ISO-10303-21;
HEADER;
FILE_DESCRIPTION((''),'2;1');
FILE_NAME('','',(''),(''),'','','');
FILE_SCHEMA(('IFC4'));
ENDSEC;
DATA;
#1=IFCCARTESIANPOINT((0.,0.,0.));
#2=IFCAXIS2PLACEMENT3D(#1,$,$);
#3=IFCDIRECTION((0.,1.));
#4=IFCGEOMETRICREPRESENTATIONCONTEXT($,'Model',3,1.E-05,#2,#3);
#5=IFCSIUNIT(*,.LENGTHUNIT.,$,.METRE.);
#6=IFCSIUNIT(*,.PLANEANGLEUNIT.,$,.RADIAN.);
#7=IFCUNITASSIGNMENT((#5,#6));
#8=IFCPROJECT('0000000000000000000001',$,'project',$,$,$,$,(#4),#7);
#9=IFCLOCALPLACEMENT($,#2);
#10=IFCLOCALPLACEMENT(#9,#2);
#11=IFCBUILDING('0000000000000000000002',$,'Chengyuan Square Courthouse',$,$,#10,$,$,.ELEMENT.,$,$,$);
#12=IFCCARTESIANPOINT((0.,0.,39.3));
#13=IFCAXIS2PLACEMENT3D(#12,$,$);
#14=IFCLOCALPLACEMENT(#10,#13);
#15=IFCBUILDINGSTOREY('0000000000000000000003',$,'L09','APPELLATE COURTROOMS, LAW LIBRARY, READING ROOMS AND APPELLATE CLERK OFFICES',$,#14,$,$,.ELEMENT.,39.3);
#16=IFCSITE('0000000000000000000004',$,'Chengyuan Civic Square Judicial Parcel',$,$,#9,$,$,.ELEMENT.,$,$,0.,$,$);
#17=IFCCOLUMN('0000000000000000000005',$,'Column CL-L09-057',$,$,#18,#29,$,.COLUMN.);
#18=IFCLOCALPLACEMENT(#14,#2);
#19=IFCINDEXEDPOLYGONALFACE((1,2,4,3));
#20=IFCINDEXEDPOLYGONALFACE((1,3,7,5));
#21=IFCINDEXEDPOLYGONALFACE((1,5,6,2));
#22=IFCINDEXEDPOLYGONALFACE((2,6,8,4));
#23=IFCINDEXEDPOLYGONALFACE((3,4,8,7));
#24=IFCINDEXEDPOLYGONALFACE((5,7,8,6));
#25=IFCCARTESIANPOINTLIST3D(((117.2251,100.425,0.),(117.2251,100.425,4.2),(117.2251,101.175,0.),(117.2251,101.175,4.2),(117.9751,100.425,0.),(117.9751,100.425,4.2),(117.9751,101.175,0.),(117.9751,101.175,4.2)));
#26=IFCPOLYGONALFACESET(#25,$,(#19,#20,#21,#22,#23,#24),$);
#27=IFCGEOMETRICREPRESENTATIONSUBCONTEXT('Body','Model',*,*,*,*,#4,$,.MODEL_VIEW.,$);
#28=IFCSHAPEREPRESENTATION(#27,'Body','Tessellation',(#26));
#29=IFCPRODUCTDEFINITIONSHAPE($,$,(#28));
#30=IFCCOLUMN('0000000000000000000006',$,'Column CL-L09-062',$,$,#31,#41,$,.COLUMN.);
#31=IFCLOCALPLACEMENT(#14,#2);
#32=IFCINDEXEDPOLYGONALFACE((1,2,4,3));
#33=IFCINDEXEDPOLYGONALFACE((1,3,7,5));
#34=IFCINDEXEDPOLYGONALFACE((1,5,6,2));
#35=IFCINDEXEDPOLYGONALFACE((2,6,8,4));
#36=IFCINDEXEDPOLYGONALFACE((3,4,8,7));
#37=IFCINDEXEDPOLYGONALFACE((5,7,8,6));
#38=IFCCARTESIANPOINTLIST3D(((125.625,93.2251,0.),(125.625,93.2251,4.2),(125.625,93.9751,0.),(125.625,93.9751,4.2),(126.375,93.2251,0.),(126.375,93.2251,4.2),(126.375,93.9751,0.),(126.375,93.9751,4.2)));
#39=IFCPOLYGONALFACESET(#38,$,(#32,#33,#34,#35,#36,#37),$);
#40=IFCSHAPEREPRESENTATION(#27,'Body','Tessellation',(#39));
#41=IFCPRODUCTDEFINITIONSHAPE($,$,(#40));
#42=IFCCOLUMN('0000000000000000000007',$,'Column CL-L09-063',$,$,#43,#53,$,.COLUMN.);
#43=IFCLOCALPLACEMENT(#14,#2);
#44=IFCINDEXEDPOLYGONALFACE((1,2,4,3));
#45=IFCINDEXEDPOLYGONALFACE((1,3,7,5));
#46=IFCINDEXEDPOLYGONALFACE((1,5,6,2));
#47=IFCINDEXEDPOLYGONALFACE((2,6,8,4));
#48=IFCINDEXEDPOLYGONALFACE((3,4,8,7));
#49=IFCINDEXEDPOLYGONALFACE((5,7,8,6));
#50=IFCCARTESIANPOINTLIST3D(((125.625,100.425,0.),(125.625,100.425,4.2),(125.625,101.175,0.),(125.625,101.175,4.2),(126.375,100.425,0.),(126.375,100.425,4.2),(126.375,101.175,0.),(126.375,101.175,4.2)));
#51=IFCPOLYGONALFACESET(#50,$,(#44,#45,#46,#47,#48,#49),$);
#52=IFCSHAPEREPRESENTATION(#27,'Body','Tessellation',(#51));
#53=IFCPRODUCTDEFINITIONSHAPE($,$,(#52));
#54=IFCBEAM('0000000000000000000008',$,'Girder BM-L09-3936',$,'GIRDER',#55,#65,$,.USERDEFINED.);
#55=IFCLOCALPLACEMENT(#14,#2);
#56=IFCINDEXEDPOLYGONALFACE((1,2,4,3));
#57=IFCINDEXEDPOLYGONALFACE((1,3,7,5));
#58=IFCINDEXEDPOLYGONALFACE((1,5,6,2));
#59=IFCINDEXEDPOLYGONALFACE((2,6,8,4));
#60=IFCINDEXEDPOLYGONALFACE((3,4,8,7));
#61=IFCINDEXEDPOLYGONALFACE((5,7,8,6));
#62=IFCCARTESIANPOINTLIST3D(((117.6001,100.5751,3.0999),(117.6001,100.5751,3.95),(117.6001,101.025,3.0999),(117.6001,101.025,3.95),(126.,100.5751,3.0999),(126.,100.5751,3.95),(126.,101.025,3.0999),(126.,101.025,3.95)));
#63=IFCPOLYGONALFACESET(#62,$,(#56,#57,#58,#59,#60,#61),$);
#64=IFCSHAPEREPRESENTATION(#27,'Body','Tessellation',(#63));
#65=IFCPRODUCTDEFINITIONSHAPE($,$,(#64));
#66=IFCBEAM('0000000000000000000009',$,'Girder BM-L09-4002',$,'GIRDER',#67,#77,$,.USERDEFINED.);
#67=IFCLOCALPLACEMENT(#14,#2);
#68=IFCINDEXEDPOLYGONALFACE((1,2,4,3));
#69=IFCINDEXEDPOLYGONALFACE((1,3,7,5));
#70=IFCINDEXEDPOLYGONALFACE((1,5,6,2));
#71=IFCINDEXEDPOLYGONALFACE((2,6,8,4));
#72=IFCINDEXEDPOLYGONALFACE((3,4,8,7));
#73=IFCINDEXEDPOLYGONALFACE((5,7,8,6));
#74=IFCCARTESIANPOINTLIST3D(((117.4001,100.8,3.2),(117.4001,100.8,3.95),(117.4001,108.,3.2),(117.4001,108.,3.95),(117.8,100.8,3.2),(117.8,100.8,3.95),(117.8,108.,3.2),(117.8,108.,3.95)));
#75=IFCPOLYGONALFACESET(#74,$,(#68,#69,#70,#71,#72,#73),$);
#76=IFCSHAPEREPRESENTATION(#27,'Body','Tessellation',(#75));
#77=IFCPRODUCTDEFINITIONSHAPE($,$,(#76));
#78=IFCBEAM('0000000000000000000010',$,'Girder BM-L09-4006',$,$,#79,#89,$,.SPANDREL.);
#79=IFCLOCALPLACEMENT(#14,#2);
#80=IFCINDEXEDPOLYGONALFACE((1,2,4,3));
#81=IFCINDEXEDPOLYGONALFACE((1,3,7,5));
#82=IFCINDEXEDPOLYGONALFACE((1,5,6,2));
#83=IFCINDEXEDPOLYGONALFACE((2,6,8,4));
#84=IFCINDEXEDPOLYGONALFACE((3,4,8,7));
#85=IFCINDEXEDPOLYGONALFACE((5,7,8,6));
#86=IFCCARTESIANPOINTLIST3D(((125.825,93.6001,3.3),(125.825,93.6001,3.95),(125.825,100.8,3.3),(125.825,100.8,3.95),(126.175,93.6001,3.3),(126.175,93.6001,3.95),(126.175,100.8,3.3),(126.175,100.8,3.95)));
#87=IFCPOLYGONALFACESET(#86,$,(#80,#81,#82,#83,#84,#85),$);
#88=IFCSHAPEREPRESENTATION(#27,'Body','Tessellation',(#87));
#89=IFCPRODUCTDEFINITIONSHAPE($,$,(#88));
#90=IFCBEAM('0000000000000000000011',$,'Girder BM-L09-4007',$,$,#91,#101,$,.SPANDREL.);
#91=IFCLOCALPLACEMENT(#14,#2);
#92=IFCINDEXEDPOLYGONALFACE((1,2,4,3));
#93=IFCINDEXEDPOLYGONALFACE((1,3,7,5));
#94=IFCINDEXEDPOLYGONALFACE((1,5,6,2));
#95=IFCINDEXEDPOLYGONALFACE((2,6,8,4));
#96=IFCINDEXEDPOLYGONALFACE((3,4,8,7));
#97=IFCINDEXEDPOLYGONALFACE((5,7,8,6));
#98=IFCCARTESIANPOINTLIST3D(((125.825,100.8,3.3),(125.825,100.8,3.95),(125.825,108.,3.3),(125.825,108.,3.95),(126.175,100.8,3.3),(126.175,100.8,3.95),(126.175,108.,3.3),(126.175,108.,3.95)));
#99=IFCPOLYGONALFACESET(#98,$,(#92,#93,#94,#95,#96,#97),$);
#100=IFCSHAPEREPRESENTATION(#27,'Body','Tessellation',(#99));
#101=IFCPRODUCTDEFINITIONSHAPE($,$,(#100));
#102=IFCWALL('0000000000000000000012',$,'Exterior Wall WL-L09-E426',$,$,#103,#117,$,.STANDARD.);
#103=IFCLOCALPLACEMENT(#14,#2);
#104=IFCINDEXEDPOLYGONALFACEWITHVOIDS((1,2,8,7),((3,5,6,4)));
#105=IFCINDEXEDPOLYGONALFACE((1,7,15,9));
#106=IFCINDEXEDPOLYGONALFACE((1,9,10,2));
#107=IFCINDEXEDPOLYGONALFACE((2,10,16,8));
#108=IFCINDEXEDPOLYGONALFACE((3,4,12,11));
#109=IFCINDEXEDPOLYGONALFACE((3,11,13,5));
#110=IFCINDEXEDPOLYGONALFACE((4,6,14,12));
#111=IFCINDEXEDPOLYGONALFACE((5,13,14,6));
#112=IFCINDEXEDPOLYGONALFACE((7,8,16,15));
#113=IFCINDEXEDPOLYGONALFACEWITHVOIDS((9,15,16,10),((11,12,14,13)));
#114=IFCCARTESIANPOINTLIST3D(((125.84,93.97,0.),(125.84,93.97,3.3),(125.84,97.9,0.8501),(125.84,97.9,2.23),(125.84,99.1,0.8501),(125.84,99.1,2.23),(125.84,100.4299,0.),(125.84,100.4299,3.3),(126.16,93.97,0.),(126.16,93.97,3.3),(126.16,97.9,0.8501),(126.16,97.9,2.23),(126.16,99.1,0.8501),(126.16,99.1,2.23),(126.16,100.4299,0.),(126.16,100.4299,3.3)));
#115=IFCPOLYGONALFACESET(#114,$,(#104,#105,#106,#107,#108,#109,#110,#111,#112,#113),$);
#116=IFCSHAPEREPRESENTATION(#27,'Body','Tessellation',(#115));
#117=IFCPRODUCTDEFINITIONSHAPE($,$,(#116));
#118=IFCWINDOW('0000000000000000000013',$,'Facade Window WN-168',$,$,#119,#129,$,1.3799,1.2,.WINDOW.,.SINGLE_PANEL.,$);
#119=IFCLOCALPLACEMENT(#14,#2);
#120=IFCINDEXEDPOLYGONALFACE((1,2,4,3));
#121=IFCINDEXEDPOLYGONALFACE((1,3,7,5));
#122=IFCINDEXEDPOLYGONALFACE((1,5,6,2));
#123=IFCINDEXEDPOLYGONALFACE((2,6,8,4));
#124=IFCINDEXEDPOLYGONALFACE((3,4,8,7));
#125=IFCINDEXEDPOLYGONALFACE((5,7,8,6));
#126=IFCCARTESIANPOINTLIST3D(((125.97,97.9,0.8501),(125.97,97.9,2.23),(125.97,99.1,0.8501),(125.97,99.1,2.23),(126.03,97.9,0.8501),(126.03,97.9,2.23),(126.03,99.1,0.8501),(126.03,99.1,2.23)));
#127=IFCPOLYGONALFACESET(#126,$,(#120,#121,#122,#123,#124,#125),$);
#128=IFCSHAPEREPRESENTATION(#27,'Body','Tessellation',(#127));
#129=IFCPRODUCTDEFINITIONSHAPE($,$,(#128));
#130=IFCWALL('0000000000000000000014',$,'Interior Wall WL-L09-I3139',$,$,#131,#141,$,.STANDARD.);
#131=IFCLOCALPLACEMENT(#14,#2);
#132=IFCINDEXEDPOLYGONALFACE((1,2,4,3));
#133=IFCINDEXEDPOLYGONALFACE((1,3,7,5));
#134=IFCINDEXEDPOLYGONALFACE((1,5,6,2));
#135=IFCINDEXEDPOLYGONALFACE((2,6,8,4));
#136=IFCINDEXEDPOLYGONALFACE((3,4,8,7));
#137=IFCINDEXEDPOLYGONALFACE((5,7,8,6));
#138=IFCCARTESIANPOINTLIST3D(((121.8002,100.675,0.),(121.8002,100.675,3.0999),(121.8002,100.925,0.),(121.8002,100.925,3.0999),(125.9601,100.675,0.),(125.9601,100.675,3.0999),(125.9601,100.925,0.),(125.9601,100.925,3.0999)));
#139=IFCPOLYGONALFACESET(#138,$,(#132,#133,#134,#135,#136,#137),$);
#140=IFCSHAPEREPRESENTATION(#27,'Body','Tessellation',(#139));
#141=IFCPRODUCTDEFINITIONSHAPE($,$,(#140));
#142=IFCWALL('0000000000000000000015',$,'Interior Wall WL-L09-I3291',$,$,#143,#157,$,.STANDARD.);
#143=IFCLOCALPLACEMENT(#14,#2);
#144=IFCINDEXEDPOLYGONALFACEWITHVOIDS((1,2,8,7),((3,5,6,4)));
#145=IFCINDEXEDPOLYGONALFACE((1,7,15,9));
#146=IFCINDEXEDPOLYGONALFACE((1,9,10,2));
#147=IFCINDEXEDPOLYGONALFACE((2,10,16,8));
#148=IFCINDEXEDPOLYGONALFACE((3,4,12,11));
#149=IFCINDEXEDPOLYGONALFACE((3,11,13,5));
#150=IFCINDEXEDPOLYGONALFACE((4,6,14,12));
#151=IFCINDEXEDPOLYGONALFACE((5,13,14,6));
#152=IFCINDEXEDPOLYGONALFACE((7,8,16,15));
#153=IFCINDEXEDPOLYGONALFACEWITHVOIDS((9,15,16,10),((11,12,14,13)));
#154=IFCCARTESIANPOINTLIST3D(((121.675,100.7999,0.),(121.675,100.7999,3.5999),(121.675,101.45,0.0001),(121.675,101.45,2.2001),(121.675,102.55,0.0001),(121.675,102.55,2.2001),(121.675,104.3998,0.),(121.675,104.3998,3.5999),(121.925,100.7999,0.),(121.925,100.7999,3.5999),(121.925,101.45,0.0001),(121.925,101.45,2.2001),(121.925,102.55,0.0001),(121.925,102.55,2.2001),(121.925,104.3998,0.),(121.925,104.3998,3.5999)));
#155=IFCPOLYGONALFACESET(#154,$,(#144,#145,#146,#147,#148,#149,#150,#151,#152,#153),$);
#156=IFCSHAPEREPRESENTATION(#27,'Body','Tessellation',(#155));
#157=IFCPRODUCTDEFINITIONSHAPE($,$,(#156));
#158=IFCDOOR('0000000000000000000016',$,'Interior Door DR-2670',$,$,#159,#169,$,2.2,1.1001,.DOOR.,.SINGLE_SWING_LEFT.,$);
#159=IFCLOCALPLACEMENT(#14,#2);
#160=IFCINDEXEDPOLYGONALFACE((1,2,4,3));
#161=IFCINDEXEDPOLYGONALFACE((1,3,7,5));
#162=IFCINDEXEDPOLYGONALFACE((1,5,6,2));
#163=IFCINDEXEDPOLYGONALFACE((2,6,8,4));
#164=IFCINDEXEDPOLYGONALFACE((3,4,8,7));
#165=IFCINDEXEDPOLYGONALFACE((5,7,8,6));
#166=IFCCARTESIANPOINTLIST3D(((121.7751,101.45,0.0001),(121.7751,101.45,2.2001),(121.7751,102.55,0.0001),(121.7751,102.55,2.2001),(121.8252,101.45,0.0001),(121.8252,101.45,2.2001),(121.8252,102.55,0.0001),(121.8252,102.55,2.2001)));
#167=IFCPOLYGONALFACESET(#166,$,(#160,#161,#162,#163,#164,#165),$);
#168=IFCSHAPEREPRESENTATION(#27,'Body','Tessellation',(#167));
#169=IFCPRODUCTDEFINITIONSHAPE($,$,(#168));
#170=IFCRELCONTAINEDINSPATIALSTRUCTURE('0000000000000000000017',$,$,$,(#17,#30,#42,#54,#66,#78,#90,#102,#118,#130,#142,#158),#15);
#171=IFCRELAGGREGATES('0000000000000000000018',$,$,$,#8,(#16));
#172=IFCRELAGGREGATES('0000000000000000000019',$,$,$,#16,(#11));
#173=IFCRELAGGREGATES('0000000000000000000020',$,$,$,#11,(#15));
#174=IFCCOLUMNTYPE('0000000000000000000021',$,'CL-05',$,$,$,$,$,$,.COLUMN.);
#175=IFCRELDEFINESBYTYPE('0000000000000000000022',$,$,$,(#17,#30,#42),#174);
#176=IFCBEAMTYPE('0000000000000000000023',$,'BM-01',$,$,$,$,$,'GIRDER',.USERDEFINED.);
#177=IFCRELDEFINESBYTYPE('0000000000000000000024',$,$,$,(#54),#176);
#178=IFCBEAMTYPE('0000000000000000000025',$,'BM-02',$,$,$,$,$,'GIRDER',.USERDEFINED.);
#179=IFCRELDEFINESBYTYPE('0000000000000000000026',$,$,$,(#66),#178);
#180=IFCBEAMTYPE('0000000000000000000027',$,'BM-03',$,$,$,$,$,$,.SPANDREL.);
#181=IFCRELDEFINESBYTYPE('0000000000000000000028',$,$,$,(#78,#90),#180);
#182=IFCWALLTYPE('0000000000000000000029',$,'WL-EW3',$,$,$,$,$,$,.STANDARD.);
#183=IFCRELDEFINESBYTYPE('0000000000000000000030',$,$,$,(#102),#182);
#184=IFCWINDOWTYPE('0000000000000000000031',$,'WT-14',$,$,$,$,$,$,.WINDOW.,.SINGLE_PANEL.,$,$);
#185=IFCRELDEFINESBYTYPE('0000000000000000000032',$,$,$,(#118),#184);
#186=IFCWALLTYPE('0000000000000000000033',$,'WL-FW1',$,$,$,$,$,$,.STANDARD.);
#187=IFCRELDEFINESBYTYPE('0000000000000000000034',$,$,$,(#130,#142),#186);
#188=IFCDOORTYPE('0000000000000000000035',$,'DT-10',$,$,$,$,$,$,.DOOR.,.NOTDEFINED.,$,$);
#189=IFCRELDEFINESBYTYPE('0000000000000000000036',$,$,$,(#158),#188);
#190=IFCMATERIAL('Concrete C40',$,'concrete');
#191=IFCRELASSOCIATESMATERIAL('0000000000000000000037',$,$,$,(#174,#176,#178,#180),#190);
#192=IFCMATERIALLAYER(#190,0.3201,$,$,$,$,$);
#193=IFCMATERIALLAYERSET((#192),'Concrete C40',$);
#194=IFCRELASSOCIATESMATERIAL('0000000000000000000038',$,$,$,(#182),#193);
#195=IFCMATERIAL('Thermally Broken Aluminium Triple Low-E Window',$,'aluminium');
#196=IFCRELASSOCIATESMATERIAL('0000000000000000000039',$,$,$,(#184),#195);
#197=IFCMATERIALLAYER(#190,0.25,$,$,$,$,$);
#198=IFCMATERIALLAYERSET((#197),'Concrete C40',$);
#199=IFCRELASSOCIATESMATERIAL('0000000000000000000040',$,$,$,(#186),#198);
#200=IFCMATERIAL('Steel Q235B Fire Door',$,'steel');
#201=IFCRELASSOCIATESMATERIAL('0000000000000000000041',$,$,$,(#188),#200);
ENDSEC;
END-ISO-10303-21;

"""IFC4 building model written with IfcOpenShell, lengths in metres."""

from ifc_helpers import new_model, si_unit, direction, frame, frame_2d, origin, origin_2d, place, context, subcontext, project, spatial, rectangle, extrude, material, layer, layer_set, material_profile, profile_set, type_object, element, fill, save


model = new_model("IFC4")

# Units and contexts
model_context = context("Model", 3, precision=1e-05, world=origin(), true_north=direction((0.0, 1.0)))
body_context = subcontext(model_context, "Body", "Model", "MODEL_VIEW")
ifc_project = project(units=[si_unit("LENGTHUNIT", "METRE"), si_unit("PLANEANGLEUNIT", "RADIAN")], contexts=[model_context])

# Site, building, storey
site_placement = place(None, origin())
site = spatial("IfcSite", under=ifc_project, at=site_placement, Name="Chengyuan Civic Square Judicial Parcel", CompositionType="ELEMENT", RefElevation=0.0)
building_placement = place(site_placement, origin())
building = spatial("IfcBuilding", under=site, at=building_placement, Name="Chengyuan Square Courthouse", CompositionType="ELEMENT")
storey_placement = place(building_placement, frame((0.0, 0.0, 39.3)))
storey = spatial("IfcBuildingStorey", under=building, at=storey_placement, Name="L09", Description="APPELLATE COURTROOMS, LAW LIBRARY, READING ROOMS AND APPELLATE CLERK OFFICES", CompositionType="ELEMENT", Elevation=39.3)

# Columns
ifc_material_1 = material(Name="Concrete C40", Category="concrete")
ifc_material_profile_1 = material_profile(ifc_material_1, rectangle(XDim=0.75, YDim=0.75, at=origin_2d()), Name="RC-COL-750x750")
ifc_profile_set_1 = profile_set([ifc_material_profile_1], Name="Concrete C40")
column_type = type_object("IfcColumnType", Name="CL-05", PredefinedType="COLUMN", material=ifc_profile_set_1)
for number, where, z_axis, x_axis, name in (
    (1, (117.6001, 100.8, 0.0), (0.0, 0.0, 1.0), (1.0, 0.0, 0.0), "Column CL-L09-057"),
    (2, (126.0, 93.6001, 0.0), (0.0, 0.0, 1.0), (1.0, 0.0, 0.0), "Column CL-L09-062"),
    (3, (126.0, 100.8, 0.0), (0.0, 0.0, 1.0), (1.0, 0.0, 0.0), "Column CL-L09-063"),
):
    element("IfcColumn", number, at=place(storey_placement, frame(where, z_axis=z_axis, x_axis=x_axis)), inside=storey, type_object=column_type, Name=name, PredefinedType="COLUMN", context=body_context, shape_type="SweptSolid", body=[
        extrude(rectangle(XDim=0.75, YDim=0.75, at=origin_2d()), origin(), (0.0, 0.0, 1.0), 4.2),
    ])

# Beams
ifc_material_profile_2 = material_profile(ifc_material_1, rectangle(XDim=0.45, YDim=0.8501, at=origin_2d()), Name="RC-BM-450x850")
ifc_profile_set_2 = profile_set([ifc_material_profile_2], Name="Concrete C40")
beam_type_1 = type_object("IfcBeamType", Name="BM-01", ElementType="GIRDER", PredefinedType="USERDEFINED", material=ifc_profile_set_2)
beam_1_placement = place(storey_placement, frame((117.6001, 100.8, 3.5249), z_axis=(1.0, 0.0, 0.0), x_axis=(0.0, 1.0, 0.0)))
element("IfcBeam", 4, at=beam_1_placement, inside=storey, type_object=beam_type_1, Name="Girder BM-L09-3936", ObjectType="GIRDER", PredefinedType="USERDEFINED", context=body_context, shape_type="SweptSolid", body=[
    extrude(rectangle(XDim=0.45, YDim=0.8501, at=origin_2d()), origin(), (0.0, 0.0, 1.0), 8.3999),
])
ifc_material_profile_3 = material_profile(ifc_material_1, rectangle(XDim=0.3999, YDim=0.75, at=origin_2d()), Name="RC-BM-400x750")
ifc_profile_set_3 = profile_set([ifc_material_profile_3], Name="Concrete C40")
beam_type_2 = type_object("IfcBeamType", Name="BM-02", ElementType="GIRDER", PredefinedType="USERDEFINED", material=ifc_profile_set_3)
beam_2_placement = place(storey_placement, frame((117.6001, 100.8, 3.575), z_axis=(0.0, 1.0, 0.0), x_axis=(-1.0, 0.0, 0.0)))
element("IfcBeam", 5, at=beam_2_placement, inside=storey, type_object=beam_type_2, Name="Girder BM-L09-4002", ObjectType="GIRDER", PredefinedType="USERDEFINED", context=body_context, shape_type="SweptSolid", body=[
    extrude(rectangle(XDim=0.3999, YDim=0.75, at=origin_2d()), origin(), (0.0, 0.0, 1.0), 7.2),
])
ifc_material_profile_4 = material_profile(ifc_material_1, rectangle(XDim=0.3501, YDim=0.6499, at=origin_2d()), Name="RC-BM-350x650")
ifc_profile_set_4 = profile_set([ifc_material_profile_4], Name="Concrete C40")
beam_type_3 = type_object("IfcBeamType", Name="BM-03", PredefinedType="SPANDREL", material=ifc_profile_set_4)
for number, where, z_axis, x_axis, name in (
    (6, (126.0, 93.6001, 3.625), (0.0, 1.0, 0.0), (-1.0, 0.0, 0.0), "Girder BM-L09-4006"),
    (7, (126.0, 100.8, 3.625), (0.0, 1.0, 0.0), (-1.0, 0.0, 0.0), "Girder BM-L09-4007"),
):
    element("IfcBeam", number, at=place(storey_placement, frame(where, z_axis=z_axis, x_axis=x_axis)), inside=storey, type_object=beam_type_3, Name=name, PredefinedType="SPANDREL", context=body_context, shape_type="SweptSolid", body=[
        extrude(rectangle(XDim=0.3501, YDim=0.6499, at=origin_2d()), origin(), (0.0, 0.0, 1.0), 7.2),
    ])

# Wall, opening, window
ifc_layer_1 = layer(ifc_material_1, 0.3201)
ifc_layer_set_1 = layer_set([ifc_layer_1], Name="Concrete C40")
wall_type_1 = type_object("IfcWallType", Name="WL-EW3", PredefinedType="STANDARD", material=ifc_layer_set_1)
wall_1_placement = place(storey_placement, frame((126.0, 93.97, 0.0), z_axis=(0.0, 0.0, 1.0), x_axis=(0.0, 1.0, 0.0)))
wall_1 = element("IfcWall", 8, at=wall_1_placement, inside=storey, type_object=wall_type_1, Name="Exterior Wall WL-L09-E426", PredefinedType="STANDARD", context=body_context, shape_type="SweptSolid", body=[
    extrude(rectangle(XDim=6.46, YDim=0.3201, at=frame_2d((3.23, 0.0))), origin(), (0.0, 0.0, 1.0), 3.3),
])
opening_1_placement = place(wall_1_placement, frame((3.9299, 0.0, 0.8501)))
opening_1 = element("IfcOpeningElement", 9, at=opening_1_placement, cuts=wall_1, PredefinedType="OPENING", context=body_context, shape_type="SweptSolid", body=[
    extrude(rectangle(XDim=1.2, YDim=1.3799, at=frame_2d((0.6001, 0.6899))), frame((0.0, 0.1721, 0.0), z_axis=(0.0, -1.0, 0.0), x_axis=(1.0, 0.0, 0.0)), (0.0, 0.0, 1.0), 0.344),
])
ifc_material_2 = material(Name="Thermally Broken Aluminium Triple Low-E Window", Category="aluminium")
window_type = type_object("IfcWindowType", Name="WT-14", PartitioningType="SINGLE_PANEL", PredefinedType="WINDOW", material=ifc_material_2)
window_placement = place(opening_1_placement, origin())
window = element("IfcWindow", 10, at=window_placement, inside=storey, type_object=window_type, Name="Facade Window WN-168", OverallHeight=1.3799, OverallWidth=1.2, PartitioningType="SINGLE_PANEL", PredefinedType="WINDOW", context=body_context, shape_type="SweptSolid", body=[
    extrude(rectangle(XDim=1.2, YDim=1.3799, at=frame_2d((0.6001, 0.6899))), frame((0.0, 0.03, 0.0), z_axis=(0.0, -1.0, 0.0), x_axis=(1.0, 0.0, 0.0)), (0.0, 0.0, 1.0), 0.0601),
])
fill(opening_1, window)

# Wall
ifc_layer_2 = layer(ifc_material_1, 0.25)
ifc_layer_set_2 = layer_set([ifc_layer_2], Name="Concrete C40")
wall_type_2 = type_object("IfcWallType", Name="WL-FW1", PredefinedType="STANDARD", material=ifc_layer_set_2)
wall_2_placement = place(storey_placement, frame((121.8, 100.8, 0.0), z_axis=(0.0, 0.0, 1.0), x_axis=(1.0, 0.0, 0.0)))
element("IfcWall", 11, at=wall_2_placement, inside=storey, type_object=wall_type_2, Name="Interior Wall WL-L09-I3139", PredefinedType="STANDARD", context=body_context, shape_type="SweptSolid", body=[
    extrude(rectangle(XDim=4.1599, YDim=0.25, at=frame_2d((2.0801, 0.0))), origin(), (0.0, 0.0, 1.0), 3.0999),
])

# Wall, opening, door
wall_3_placement = place(storey_placement, frame((121.8, 100.8, 0.0), z_axis=(0.0, 0.0, 1.0), x_axis=(0.0, 1.0, 0.0)))
wall_3 = element("IfcWall", 12, at=wall_3_placement, inside=storey, type_object=wall_type_2, Name="Interior Wall WL-L09-I3291", PredefinedType="STANDARD", context=body_context, shape_type="SweptSolid", body=[
    extrude(rectangle(XDim=3.5999, YDim=0.25, at=frame_2d((1.7998, 0.0))), origin(), (0.0, 0.0, 1.0), 3.5999),
])
opening_2_placement = place(wall_3_placement, frame((0.6499, 0.0, 0.0)))
opening_2 = element("IfcOpeningElement", 13, at=opening_2_placement, cuts=wall_3, PredefinedType="OPENING", context=body_context, shape_type="SweptSolid", body=[
    extrude(rectangle(XDim=1.1001, YDim=2.2, at=frame_2d((0.55, 1.1001))), frame((0.0, 0.137, 0.0), z_axis=(0.0, -1.0, 0.0), x_axis=(1.0, 0.0, 0.0)), (0.0, 0.0, 1.0), 0.2739),
])
ifc_material_3 = material(Name="Steel Q235B Fire Door", Category="steel")
door_type_1 = type_object("IfcDoorType", Name="DT-10", OperationType="NOTDEFINED", PredefinedType="DOOR", material=ifc_material_3)
door_1_placement = place(opening_2_placement, origin())
door_1 = element("IfcDoor", 14, at=door_1_placement, inside=storey, type_object=door_type_1, Name="Interior Door DR-2670", OperationType="SINGLE_SWING_LEFT", OverallHeight=2.2, OverallWidth=1.1001, PredefinedType="DOOR", context=body_context, shape_type="SweptSolid", body=[
    extrude(rectangle(XDim=1.1001, YDim=2.2, at=frame_2d((0.55, 1.1001))), frame((0.0, 0.0249, 0.0), z_axis=(0.0, -1.0, 0.0), x_axis=(1.0, 0.0, 0.0)), (0.0, 0.0, 1.0), 0.05),
])
fill(opening_2, door_1)

save(model, "model.ifc")
